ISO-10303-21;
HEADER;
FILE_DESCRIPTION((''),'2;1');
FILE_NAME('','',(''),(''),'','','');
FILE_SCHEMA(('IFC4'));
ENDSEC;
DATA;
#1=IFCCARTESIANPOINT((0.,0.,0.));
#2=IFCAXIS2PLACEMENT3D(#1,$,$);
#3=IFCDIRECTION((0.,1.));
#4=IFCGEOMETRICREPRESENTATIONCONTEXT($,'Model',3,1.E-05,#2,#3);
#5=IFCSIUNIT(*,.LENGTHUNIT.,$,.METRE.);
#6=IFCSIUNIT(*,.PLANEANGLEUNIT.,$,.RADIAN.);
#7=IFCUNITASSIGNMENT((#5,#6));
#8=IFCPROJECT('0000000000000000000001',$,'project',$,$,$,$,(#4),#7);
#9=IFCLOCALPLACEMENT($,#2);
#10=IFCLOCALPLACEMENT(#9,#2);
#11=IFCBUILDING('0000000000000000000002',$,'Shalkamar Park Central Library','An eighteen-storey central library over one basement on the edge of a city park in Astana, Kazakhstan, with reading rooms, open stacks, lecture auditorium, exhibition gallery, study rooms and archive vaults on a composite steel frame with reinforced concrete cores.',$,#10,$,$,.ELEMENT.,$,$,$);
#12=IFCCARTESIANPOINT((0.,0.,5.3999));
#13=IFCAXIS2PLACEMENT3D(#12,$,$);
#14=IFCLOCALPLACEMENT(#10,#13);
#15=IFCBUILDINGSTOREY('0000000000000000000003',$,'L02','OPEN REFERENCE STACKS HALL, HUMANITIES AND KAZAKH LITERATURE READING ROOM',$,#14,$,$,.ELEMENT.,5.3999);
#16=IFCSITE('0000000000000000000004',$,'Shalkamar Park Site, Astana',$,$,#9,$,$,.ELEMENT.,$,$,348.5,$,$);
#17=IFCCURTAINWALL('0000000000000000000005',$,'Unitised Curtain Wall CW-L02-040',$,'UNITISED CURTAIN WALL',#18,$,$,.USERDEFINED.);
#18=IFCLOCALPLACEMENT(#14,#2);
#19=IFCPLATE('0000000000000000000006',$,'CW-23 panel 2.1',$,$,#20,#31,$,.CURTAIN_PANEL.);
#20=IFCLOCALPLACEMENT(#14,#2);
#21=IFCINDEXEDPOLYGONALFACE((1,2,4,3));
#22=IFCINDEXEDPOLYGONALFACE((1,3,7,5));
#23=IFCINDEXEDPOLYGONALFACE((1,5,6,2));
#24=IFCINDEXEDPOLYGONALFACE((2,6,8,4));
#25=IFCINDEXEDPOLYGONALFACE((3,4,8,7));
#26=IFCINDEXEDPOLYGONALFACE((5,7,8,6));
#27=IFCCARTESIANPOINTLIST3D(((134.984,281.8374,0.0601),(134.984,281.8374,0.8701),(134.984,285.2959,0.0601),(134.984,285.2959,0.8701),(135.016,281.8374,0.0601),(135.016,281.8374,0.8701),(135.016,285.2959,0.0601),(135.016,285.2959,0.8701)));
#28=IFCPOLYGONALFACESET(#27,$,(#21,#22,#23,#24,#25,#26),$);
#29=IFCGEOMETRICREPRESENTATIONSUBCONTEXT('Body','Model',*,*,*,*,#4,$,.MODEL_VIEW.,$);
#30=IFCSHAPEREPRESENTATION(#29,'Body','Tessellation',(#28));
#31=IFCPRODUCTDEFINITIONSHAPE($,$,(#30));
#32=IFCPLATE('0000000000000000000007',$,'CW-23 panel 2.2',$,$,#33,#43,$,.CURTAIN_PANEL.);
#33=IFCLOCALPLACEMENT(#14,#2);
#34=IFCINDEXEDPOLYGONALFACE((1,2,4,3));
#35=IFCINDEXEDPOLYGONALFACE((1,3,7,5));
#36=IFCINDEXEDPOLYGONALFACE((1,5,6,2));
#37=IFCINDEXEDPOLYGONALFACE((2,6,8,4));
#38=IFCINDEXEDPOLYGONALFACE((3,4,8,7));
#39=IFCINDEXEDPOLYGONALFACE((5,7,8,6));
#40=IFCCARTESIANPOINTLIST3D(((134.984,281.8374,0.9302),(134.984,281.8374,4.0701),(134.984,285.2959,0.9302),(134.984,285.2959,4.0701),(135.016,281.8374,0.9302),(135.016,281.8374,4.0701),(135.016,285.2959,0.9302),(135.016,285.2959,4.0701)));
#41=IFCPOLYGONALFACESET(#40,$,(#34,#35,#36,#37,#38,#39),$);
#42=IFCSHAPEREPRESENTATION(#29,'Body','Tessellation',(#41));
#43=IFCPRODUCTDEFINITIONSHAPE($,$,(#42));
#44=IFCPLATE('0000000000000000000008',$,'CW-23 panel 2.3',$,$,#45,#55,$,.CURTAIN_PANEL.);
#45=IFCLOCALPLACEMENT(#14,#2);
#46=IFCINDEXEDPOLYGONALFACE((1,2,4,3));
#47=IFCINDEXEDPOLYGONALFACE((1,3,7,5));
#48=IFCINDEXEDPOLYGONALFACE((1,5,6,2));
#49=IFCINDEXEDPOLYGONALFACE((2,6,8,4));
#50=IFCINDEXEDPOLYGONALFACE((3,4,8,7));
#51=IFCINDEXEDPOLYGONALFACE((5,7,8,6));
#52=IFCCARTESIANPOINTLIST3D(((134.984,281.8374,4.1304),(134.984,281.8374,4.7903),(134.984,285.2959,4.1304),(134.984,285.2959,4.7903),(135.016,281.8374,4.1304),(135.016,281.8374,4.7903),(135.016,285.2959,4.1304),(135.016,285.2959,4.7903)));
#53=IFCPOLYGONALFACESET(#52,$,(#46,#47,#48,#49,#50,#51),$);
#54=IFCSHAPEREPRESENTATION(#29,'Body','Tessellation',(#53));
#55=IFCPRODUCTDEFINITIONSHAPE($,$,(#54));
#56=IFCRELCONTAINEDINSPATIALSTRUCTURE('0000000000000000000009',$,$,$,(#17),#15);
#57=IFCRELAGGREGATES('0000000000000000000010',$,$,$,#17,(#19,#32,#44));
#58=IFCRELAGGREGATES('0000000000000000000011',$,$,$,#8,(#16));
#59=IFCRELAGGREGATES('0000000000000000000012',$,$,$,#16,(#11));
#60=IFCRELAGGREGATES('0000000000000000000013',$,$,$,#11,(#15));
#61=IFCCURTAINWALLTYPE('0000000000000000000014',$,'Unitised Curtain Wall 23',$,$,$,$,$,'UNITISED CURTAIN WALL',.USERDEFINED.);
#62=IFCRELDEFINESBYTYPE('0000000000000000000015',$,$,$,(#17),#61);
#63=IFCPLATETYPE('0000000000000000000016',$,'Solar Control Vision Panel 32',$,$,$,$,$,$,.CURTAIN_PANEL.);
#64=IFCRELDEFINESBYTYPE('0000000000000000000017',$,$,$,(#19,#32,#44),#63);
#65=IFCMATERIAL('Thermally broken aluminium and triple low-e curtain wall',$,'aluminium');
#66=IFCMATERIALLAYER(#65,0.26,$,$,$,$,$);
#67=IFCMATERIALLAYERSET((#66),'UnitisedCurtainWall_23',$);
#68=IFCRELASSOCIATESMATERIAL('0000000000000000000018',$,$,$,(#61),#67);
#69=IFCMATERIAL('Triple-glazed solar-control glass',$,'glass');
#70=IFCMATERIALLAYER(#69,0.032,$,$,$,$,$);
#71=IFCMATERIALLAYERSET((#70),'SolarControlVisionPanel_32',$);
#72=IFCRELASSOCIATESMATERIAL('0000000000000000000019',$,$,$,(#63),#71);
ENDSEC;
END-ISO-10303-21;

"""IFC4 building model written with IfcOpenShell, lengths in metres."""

from ifc_helpers import new_model, si_unit, direction, frame, origin, origin_2d, place, context, subcontext, project, spatial, rectangle, extrude, material, layer, layer_set, type_object, element, aggregate, save


model = new_model("IFC4")

# Units and contexts
model_context = context("Model", 3, precision=1e-05, world=origin(), true_north=direction((0.0, 1.0)))
body_context = subcontext(model_context, "Body", "Model", "MODEL_VIEW")
ifc_project = project(units=[si_unit("LENGTHUNIT", "METRE"), si_unit("PLANEANGLEUNIT", "RADIAN")], contexts=[model_context])

# Site, building, storey
site_placement = place(None, origin())
site = spatial("IfcSite", under=ifc_project, at=site_placement, Name="Shalkamar Park Site, Astana", CompositionType="ELEMENT", RefElevation=348.5)
building_placement = place(site_placement, origin())
building = spatial("IfcBuilding", under=site, at=building_placement, Name="Shalkamar Park Central Library", Description="An eighteen-storey central library over one basement on the edge of a city park in Astana, Kazakhstan, with reading rooms, open stacks, lecture auditorium, exhibition gallery, study rooms and archive vaults on a composite steel frame with reinforced concrete cores.", CompositionType="ELEMENT")
storey_placement = place(building_placement, frame((0.0, 0.0, 5.3999)))
storey = spatial("IfcBuildingStorey", under=building, at=storey_placement, Name="L02", Description="OPEN REFERENCE STACKS HALL, HUMANITIES AND KAZAKH LITERATURE READING ROOM", CompositionType="ELEMENT", Elevation=5.3999)

# Curtain wall
ifc_material_1 = material(Name="Thermally broken aluminium and triple low-e curtain wall", Category="aluminium")
ifc_layer_1 = layer(ifc_material_1, 0.26)
ifc_layer_set_1 = layer_set([ifc_layer_1], Name="UnitisedCurtainWall_23")
curtain_wall_type_1 = type_object("IfcCurtainWallType", Name="Unitised Curtain Wall 23", ElementType="UNITISED CURTAIN WALL", PredefinedType="USERDEFINED", material=ifc_layer_set_1)
curtain_wall_1_placement = place(storey_placement, origin())
curtain_wall_1 = element("IfcCurtainWall", 1, at=curtain_wall_1_placement, inside=storey, type_object=curtain_wall_type_1, Name="Unitised Curtain Wall CW-L02-040", ObjectType="UNITISED CURTAIN WALL", PredefinedType="USERDEFINED")

# Plates
ifc_material_2 = material(Name="Triple-glazed solar-control glass", Category="glass")
ifc_layer_2 = layer(ifc_material_2, 0.032)
ifc_layer_set_2 = layer_set([ifc_layer_2], Name="SolarControlVisionPanel_32")
plate_type = type_object("IfcPlateType", Name="Solar Control Vision Panel 32", PredefinedType="CURTAIN_PANEL", material=ifc_layer_set_2)
plate_1_placement = place(storey_placement, frame((135.0, 283.5667, 0.0601), z_axis=(0.0, 0.0, 1.0), x_axis=(0.0, 1.0, 0.0)))
plate_1 = element("IfcPlate", 2, at=plate_1_placement, type_object=plate_type, Name="CW-23 panel 2.1", PredefinedType="CURTAIN_PANEL", context=body_context, shape_type="SweptSolid", body=[
    extrude(rectangle(XDim=3.4585, YDim=0.032, at=origin_2d()), origin(), (0.0, 0.0, 1.0), 0.8101),
])
plate_2_placement = place(storey_placement, frame((135.0, 283.5667, 0.9302), z_axis=(0.0, 0.0, 1.0), x_axis=(0.0, 1.0, 0.0)))
plate_2 = element("IfcPlate", 3, at=plate_2_placement, type_object=plate_type, Name="CW-23 panel 2.2", PredefinedType="CURTAIN_PANEL", context=body_context, shape_type="SweptSolid", body=[
    extrude(rectangle(XDim=3.4585, YDim=0.032, at=origin_2d()), origin(), (0.0, 0.0, 1.0), 3.1399),
])
plate_3_placement = place(storey_placement, frame((135.0, 283.5667, 4.1304), z_axis=(0.0, 0.0, 1.0), x_axis=(0.0, 1.0, 0.0)))
plate_3 = element("IfcPlate", 4, at=plate_3_placement, type_object=plate_type, Name="CW-23 panel 2.3", PredefinedType="CURTAIN_PANEL", context=body_context, shape_type="SweptSolid", body=[
    extrude(rectangle(XDim=3.4585, YDim=0.032, at=origin_2d()), origin(), (0.0, 0.0, 1.0), 0.6599),
])
aggregate(curtain_wall_1, [plate_1, plate_2, plate_3])

save(model, "model.ifc")
